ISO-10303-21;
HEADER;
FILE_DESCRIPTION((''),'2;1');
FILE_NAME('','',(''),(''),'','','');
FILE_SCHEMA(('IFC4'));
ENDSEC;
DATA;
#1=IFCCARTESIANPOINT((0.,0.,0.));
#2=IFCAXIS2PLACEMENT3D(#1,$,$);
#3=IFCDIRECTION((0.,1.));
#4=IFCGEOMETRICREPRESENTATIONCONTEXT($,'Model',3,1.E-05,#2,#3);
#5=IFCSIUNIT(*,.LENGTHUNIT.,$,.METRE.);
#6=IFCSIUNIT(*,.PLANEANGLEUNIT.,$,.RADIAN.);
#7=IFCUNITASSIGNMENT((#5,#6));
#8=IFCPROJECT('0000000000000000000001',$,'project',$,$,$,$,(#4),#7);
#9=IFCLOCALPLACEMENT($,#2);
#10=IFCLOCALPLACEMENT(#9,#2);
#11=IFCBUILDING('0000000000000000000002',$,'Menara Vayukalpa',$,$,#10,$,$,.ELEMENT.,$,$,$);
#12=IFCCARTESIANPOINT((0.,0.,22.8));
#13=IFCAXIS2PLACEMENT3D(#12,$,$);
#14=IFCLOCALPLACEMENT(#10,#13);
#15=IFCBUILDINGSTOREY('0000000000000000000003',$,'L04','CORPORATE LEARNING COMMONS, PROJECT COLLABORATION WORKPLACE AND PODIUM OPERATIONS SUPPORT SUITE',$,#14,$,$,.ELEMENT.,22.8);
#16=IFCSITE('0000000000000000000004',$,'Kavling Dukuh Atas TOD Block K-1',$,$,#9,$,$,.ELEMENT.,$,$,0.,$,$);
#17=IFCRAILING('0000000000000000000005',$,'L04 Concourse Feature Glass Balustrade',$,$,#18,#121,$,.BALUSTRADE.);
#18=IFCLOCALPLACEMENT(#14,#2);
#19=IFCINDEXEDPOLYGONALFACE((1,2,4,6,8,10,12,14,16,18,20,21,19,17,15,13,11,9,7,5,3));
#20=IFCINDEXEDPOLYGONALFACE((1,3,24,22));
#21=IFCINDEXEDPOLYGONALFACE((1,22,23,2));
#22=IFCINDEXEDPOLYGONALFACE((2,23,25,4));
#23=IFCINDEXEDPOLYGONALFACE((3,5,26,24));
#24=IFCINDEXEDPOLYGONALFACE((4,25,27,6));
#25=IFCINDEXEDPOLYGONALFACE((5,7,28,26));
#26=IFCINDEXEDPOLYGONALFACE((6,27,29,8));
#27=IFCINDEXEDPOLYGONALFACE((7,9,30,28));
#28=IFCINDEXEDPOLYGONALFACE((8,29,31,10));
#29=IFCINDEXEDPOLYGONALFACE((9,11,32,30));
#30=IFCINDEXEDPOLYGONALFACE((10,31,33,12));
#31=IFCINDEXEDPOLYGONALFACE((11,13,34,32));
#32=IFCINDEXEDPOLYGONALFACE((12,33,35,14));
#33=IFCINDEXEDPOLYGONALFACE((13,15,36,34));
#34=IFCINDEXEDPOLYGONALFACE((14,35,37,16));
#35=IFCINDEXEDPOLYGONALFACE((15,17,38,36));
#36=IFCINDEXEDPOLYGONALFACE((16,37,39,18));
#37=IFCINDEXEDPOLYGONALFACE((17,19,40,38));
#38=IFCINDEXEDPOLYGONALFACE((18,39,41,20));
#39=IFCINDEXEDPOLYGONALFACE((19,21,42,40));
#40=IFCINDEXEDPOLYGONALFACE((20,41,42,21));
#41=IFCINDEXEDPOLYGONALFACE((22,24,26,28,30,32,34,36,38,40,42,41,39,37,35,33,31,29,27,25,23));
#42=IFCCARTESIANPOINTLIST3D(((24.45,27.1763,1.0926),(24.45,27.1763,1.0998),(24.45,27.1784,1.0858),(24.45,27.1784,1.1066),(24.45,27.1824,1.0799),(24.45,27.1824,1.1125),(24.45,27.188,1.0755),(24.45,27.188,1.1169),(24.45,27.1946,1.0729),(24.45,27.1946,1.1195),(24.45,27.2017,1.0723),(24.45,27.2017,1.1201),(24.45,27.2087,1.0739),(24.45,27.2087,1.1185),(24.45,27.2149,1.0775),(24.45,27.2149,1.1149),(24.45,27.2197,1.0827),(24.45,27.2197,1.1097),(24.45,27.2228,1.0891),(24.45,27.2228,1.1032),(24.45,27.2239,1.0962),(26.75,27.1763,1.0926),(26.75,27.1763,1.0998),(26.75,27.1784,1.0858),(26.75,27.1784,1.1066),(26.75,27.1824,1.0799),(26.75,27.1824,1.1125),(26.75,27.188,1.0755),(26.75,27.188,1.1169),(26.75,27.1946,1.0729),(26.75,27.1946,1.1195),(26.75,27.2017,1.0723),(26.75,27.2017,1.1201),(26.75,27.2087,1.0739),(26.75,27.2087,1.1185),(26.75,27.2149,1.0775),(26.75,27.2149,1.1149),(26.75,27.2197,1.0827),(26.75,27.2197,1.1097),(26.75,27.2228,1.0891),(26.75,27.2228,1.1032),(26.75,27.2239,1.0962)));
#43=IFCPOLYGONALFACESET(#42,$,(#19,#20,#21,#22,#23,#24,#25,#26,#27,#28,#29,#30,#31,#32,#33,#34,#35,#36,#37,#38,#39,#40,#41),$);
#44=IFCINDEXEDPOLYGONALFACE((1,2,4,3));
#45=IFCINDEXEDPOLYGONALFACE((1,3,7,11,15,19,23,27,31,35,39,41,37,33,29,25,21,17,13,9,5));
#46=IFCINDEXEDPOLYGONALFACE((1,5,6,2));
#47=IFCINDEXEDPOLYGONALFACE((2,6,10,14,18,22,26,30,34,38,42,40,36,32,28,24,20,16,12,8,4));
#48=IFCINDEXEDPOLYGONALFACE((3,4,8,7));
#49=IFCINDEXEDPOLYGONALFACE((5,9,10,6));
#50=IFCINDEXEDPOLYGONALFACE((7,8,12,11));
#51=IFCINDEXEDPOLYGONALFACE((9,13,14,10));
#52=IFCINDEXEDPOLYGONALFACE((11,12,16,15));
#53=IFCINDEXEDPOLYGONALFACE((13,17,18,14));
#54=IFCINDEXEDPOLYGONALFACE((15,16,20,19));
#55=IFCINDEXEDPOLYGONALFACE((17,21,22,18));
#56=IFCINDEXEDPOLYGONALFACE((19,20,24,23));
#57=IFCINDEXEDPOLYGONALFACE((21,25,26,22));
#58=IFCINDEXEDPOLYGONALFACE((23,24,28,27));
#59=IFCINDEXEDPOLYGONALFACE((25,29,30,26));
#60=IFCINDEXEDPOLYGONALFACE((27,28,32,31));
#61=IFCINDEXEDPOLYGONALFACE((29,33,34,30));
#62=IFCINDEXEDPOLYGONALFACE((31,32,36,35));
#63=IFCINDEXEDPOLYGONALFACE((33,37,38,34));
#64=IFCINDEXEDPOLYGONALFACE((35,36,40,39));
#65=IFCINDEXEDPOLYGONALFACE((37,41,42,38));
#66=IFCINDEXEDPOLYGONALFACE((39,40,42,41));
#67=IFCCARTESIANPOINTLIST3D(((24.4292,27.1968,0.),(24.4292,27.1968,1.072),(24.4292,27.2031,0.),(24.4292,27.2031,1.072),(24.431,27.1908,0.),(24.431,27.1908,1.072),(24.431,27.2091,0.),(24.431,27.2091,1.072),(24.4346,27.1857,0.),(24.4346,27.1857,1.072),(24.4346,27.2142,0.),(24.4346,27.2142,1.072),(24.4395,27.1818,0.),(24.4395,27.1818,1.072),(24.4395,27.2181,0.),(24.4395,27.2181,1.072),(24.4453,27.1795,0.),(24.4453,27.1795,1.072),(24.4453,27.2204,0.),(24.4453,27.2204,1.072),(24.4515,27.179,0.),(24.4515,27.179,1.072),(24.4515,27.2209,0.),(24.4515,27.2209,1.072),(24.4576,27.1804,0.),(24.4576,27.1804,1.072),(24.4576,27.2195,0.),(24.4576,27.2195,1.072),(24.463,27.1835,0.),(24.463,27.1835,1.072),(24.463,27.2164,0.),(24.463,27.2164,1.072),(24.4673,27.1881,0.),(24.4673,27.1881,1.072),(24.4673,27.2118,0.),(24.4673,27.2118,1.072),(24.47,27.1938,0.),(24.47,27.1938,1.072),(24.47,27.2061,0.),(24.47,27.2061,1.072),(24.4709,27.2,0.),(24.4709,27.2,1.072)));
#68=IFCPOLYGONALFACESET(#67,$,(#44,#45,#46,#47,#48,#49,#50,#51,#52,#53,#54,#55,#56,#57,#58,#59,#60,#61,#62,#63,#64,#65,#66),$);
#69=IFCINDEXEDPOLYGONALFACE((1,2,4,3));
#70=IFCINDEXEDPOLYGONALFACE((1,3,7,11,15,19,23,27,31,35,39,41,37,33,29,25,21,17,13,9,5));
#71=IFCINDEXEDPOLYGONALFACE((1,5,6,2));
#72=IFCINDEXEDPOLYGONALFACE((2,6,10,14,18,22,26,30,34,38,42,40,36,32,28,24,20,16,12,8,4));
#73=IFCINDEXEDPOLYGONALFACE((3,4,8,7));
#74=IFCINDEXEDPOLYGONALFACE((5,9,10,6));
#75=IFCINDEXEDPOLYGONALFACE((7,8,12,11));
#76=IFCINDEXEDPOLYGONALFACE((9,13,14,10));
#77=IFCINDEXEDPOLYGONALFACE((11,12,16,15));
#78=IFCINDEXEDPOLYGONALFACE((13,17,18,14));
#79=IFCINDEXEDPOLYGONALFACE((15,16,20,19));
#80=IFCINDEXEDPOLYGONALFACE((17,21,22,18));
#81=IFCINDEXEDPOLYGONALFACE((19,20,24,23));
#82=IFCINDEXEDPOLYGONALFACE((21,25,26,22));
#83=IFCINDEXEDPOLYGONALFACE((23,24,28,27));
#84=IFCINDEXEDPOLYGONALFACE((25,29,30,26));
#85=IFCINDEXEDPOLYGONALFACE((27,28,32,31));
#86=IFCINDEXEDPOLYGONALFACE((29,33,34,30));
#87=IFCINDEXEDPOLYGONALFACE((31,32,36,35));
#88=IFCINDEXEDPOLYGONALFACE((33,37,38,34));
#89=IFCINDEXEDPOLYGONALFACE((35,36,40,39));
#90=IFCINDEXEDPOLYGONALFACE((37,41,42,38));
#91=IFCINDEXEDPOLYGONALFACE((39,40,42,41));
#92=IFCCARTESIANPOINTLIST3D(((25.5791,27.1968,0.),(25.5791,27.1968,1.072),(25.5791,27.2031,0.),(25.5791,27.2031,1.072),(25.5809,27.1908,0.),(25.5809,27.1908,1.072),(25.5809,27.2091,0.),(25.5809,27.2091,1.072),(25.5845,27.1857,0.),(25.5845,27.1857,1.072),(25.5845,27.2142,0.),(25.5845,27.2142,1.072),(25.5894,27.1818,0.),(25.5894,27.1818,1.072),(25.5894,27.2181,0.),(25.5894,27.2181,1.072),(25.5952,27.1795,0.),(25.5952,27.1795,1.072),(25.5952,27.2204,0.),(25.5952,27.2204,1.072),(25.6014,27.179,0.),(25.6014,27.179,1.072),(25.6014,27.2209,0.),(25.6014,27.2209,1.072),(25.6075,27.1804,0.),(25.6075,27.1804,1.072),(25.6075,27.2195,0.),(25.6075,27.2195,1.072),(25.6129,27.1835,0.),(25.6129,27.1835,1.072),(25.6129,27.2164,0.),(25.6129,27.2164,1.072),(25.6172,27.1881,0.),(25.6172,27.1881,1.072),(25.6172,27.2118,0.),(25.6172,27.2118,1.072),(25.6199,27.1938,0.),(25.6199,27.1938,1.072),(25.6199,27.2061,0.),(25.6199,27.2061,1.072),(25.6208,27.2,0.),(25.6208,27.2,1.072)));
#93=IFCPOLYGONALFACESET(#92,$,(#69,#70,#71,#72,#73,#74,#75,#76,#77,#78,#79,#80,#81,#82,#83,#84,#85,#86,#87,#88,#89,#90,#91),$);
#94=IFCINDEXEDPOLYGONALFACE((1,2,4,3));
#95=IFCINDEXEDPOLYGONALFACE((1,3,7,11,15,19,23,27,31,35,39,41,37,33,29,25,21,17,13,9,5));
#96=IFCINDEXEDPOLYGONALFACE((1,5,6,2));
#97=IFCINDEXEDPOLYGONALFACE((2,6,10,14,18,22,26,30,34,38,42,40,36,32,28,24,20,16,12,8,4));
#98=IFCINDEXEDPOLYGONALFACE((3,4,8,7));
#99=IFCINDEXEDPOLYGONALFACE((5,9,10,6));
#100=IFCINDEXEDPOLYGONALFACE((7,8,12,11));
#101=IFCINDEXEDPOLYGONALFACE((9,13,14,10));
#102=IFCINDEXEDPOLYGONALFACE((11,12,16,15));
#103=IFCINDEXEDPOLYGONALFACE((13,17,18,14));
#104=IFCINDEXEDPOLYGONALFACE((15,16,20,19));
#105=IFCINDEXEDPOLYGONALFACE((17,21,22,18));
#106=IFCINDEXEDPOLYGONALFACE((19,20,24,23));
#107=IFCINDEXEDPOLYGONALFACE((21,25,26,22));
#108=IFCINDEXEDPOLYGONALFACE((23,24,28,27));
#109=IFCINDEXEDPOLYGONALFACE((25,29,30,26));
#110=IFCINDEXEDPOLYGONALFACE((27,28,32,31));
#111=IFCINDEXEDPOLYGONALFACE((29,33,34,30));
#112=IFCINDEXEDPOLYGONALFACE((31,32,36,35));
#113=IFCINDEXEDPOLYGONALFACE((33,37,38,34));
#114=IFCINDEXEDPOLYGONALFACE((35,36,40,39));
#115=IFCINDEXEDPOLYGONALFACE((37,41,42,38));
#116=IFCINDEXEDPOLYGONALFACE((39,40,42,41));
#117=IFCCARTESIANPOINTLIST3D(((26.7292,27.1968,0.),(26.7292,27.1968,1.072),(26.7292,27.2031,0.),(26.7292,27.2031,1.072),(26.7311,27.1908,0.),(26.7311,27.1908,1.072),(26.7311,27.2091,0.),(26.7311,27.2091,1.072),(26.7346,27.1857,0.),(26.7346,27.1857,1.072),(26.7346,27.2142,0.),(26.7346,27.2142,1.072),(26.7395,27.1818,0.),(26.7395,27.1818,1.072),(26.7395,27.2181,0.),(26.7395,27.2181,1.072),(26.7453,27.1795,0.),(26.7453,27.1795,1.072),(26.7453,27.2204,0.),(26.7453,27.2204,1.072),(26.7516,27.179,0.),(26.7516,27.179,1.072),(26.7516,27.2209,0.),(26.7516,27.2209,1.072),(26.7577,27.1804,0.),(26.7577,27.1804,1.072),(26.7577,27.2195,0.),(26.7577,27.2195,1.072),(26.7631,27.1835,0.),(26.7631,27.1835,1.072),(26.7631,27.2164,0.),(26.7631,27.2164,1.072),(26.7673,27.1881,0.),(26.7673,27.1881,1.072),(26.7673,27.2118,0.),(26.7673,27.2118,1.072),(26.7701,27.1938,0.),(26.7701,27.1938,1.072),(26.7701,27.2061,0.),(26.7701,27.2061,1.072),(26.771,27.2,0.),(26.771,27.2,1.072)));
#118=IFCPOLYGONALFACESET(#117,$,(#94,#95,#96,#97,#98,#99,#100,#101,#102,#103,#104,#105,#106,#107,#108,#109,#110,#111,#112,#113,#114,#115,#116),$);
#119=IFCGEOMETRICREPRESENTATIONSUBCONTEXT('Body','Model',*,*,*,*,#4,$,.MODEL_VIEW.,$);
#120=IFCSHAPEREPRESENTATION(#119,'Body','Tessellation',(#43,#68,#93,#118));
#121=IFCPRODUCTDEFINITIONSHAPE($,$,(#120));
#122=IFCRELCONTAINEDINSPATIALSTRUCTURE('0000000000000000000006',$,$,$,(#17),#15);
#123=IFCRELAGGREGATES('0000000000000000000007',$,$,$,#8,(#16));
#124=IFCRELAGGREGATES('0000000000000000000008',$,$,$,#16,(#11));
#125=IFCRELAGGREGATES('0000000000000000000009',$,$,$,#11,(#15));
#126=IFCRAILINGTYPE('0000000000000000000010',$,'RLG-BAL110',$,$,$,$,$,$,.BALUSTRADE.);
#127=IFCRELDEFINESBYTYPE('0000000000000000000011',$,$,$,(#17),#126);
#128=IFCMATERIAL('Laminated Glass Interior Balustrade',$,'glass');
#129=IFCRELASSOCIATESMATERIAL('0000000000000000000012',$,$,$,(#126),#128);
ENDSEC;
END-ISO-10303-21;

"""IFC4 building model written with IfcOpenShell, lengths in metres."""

from ifc_helpers import new_model, si_unit, direction, frame, origin, origin_2d, place, context, subcontext, project, spatial, circle, extrude, material, type_object, element, save


model = new_model("IFC4")

# Units and contexts
model_context = context("Model", 3, precision=1e-05, world=origin(), true_north=direction((0.0, 1.0)))
body_context = subcontext(model_context, "Body", "Model", "MODEL_VIEW")
ifc_project = project(units=[si_unit("LENGTHUNIT", "METRE"), si_unit("PLANEANGLEUNIT", "RADIAN")], contexts=[model_context])

# Site, building, storey
site_placement = place(None, origin())
site = spatial("IfcSite", under=ifc_project, at=site_placement, Name="Kavling Dukuh Atas TOD Block K-1", CompositionType="ELEMENT", RefElevation=0.0)
building_placement = place(site_placement, origin())
building = spatial("IfcBuilding", under=site, at=building_placement, Name="Menara Vayukalpa", CompositionType="ELEMENT")
storey_placement = place(building_placement, frame((0.0, 0.0, 22.8)))
storey = spatial("IfcBuildingStorey", under=building, at=storey_placement, Name="L04", Description="CORPORATE LEARNING COMMONS, PROJECT COLLABORATION WORKPLACE AND PODIUM OPERATIONS SUPPORT SUITE", CompositionType="ELEMENT", Elevation=22.8)

# Railing
ifc_material_1 = material(Name="Laminated Glass Interior Balustrade", Category="glass")
railing_type_1 = type_object("IfcRailingType", Name="RLG-BAL110", PredefinedType="BALUSTRADE", material=ifc_material_1)
railing_1_placement = place(storey_placement, frame((24.45, 27.2, 0.0)))
element("IfcRailing", 1, at=railing_1_placement, inside=storey, type_object=railing_type_1, Name="L04 Concourse Feature Glass Balustrade", PredefinedType="BALUSTRADE", context=body_context, shape_type="SweptSolid", body=[
    extrude(circle(Radius=0.0239, at=origin_2d()), frame((0.0, 0.0, 1.0962), z_axis=(1.0, 0.0, 0.0), x_axis=(0.0, 1.0, 0.0)), (0.0, 0.0, 1.0), 2.3),
    extrude(circle(Radius=0.021, at=origin_2d()), origin(), (0.0, 0.0, 1.0), 1.072),
    extrude(circle(Radius=0.021, at=origin_2d()), frame((1.1499, 0.0, 0.0)), (0.0, 0.0, 1.0), 1.072),
    extrude(circle(Radius=0.021, at=origin_2d()), frame((2.3, 0.0, 0.0)), (0.0, 0.0, 1.0), 1.072),
])

save(model, "model.ifc")
